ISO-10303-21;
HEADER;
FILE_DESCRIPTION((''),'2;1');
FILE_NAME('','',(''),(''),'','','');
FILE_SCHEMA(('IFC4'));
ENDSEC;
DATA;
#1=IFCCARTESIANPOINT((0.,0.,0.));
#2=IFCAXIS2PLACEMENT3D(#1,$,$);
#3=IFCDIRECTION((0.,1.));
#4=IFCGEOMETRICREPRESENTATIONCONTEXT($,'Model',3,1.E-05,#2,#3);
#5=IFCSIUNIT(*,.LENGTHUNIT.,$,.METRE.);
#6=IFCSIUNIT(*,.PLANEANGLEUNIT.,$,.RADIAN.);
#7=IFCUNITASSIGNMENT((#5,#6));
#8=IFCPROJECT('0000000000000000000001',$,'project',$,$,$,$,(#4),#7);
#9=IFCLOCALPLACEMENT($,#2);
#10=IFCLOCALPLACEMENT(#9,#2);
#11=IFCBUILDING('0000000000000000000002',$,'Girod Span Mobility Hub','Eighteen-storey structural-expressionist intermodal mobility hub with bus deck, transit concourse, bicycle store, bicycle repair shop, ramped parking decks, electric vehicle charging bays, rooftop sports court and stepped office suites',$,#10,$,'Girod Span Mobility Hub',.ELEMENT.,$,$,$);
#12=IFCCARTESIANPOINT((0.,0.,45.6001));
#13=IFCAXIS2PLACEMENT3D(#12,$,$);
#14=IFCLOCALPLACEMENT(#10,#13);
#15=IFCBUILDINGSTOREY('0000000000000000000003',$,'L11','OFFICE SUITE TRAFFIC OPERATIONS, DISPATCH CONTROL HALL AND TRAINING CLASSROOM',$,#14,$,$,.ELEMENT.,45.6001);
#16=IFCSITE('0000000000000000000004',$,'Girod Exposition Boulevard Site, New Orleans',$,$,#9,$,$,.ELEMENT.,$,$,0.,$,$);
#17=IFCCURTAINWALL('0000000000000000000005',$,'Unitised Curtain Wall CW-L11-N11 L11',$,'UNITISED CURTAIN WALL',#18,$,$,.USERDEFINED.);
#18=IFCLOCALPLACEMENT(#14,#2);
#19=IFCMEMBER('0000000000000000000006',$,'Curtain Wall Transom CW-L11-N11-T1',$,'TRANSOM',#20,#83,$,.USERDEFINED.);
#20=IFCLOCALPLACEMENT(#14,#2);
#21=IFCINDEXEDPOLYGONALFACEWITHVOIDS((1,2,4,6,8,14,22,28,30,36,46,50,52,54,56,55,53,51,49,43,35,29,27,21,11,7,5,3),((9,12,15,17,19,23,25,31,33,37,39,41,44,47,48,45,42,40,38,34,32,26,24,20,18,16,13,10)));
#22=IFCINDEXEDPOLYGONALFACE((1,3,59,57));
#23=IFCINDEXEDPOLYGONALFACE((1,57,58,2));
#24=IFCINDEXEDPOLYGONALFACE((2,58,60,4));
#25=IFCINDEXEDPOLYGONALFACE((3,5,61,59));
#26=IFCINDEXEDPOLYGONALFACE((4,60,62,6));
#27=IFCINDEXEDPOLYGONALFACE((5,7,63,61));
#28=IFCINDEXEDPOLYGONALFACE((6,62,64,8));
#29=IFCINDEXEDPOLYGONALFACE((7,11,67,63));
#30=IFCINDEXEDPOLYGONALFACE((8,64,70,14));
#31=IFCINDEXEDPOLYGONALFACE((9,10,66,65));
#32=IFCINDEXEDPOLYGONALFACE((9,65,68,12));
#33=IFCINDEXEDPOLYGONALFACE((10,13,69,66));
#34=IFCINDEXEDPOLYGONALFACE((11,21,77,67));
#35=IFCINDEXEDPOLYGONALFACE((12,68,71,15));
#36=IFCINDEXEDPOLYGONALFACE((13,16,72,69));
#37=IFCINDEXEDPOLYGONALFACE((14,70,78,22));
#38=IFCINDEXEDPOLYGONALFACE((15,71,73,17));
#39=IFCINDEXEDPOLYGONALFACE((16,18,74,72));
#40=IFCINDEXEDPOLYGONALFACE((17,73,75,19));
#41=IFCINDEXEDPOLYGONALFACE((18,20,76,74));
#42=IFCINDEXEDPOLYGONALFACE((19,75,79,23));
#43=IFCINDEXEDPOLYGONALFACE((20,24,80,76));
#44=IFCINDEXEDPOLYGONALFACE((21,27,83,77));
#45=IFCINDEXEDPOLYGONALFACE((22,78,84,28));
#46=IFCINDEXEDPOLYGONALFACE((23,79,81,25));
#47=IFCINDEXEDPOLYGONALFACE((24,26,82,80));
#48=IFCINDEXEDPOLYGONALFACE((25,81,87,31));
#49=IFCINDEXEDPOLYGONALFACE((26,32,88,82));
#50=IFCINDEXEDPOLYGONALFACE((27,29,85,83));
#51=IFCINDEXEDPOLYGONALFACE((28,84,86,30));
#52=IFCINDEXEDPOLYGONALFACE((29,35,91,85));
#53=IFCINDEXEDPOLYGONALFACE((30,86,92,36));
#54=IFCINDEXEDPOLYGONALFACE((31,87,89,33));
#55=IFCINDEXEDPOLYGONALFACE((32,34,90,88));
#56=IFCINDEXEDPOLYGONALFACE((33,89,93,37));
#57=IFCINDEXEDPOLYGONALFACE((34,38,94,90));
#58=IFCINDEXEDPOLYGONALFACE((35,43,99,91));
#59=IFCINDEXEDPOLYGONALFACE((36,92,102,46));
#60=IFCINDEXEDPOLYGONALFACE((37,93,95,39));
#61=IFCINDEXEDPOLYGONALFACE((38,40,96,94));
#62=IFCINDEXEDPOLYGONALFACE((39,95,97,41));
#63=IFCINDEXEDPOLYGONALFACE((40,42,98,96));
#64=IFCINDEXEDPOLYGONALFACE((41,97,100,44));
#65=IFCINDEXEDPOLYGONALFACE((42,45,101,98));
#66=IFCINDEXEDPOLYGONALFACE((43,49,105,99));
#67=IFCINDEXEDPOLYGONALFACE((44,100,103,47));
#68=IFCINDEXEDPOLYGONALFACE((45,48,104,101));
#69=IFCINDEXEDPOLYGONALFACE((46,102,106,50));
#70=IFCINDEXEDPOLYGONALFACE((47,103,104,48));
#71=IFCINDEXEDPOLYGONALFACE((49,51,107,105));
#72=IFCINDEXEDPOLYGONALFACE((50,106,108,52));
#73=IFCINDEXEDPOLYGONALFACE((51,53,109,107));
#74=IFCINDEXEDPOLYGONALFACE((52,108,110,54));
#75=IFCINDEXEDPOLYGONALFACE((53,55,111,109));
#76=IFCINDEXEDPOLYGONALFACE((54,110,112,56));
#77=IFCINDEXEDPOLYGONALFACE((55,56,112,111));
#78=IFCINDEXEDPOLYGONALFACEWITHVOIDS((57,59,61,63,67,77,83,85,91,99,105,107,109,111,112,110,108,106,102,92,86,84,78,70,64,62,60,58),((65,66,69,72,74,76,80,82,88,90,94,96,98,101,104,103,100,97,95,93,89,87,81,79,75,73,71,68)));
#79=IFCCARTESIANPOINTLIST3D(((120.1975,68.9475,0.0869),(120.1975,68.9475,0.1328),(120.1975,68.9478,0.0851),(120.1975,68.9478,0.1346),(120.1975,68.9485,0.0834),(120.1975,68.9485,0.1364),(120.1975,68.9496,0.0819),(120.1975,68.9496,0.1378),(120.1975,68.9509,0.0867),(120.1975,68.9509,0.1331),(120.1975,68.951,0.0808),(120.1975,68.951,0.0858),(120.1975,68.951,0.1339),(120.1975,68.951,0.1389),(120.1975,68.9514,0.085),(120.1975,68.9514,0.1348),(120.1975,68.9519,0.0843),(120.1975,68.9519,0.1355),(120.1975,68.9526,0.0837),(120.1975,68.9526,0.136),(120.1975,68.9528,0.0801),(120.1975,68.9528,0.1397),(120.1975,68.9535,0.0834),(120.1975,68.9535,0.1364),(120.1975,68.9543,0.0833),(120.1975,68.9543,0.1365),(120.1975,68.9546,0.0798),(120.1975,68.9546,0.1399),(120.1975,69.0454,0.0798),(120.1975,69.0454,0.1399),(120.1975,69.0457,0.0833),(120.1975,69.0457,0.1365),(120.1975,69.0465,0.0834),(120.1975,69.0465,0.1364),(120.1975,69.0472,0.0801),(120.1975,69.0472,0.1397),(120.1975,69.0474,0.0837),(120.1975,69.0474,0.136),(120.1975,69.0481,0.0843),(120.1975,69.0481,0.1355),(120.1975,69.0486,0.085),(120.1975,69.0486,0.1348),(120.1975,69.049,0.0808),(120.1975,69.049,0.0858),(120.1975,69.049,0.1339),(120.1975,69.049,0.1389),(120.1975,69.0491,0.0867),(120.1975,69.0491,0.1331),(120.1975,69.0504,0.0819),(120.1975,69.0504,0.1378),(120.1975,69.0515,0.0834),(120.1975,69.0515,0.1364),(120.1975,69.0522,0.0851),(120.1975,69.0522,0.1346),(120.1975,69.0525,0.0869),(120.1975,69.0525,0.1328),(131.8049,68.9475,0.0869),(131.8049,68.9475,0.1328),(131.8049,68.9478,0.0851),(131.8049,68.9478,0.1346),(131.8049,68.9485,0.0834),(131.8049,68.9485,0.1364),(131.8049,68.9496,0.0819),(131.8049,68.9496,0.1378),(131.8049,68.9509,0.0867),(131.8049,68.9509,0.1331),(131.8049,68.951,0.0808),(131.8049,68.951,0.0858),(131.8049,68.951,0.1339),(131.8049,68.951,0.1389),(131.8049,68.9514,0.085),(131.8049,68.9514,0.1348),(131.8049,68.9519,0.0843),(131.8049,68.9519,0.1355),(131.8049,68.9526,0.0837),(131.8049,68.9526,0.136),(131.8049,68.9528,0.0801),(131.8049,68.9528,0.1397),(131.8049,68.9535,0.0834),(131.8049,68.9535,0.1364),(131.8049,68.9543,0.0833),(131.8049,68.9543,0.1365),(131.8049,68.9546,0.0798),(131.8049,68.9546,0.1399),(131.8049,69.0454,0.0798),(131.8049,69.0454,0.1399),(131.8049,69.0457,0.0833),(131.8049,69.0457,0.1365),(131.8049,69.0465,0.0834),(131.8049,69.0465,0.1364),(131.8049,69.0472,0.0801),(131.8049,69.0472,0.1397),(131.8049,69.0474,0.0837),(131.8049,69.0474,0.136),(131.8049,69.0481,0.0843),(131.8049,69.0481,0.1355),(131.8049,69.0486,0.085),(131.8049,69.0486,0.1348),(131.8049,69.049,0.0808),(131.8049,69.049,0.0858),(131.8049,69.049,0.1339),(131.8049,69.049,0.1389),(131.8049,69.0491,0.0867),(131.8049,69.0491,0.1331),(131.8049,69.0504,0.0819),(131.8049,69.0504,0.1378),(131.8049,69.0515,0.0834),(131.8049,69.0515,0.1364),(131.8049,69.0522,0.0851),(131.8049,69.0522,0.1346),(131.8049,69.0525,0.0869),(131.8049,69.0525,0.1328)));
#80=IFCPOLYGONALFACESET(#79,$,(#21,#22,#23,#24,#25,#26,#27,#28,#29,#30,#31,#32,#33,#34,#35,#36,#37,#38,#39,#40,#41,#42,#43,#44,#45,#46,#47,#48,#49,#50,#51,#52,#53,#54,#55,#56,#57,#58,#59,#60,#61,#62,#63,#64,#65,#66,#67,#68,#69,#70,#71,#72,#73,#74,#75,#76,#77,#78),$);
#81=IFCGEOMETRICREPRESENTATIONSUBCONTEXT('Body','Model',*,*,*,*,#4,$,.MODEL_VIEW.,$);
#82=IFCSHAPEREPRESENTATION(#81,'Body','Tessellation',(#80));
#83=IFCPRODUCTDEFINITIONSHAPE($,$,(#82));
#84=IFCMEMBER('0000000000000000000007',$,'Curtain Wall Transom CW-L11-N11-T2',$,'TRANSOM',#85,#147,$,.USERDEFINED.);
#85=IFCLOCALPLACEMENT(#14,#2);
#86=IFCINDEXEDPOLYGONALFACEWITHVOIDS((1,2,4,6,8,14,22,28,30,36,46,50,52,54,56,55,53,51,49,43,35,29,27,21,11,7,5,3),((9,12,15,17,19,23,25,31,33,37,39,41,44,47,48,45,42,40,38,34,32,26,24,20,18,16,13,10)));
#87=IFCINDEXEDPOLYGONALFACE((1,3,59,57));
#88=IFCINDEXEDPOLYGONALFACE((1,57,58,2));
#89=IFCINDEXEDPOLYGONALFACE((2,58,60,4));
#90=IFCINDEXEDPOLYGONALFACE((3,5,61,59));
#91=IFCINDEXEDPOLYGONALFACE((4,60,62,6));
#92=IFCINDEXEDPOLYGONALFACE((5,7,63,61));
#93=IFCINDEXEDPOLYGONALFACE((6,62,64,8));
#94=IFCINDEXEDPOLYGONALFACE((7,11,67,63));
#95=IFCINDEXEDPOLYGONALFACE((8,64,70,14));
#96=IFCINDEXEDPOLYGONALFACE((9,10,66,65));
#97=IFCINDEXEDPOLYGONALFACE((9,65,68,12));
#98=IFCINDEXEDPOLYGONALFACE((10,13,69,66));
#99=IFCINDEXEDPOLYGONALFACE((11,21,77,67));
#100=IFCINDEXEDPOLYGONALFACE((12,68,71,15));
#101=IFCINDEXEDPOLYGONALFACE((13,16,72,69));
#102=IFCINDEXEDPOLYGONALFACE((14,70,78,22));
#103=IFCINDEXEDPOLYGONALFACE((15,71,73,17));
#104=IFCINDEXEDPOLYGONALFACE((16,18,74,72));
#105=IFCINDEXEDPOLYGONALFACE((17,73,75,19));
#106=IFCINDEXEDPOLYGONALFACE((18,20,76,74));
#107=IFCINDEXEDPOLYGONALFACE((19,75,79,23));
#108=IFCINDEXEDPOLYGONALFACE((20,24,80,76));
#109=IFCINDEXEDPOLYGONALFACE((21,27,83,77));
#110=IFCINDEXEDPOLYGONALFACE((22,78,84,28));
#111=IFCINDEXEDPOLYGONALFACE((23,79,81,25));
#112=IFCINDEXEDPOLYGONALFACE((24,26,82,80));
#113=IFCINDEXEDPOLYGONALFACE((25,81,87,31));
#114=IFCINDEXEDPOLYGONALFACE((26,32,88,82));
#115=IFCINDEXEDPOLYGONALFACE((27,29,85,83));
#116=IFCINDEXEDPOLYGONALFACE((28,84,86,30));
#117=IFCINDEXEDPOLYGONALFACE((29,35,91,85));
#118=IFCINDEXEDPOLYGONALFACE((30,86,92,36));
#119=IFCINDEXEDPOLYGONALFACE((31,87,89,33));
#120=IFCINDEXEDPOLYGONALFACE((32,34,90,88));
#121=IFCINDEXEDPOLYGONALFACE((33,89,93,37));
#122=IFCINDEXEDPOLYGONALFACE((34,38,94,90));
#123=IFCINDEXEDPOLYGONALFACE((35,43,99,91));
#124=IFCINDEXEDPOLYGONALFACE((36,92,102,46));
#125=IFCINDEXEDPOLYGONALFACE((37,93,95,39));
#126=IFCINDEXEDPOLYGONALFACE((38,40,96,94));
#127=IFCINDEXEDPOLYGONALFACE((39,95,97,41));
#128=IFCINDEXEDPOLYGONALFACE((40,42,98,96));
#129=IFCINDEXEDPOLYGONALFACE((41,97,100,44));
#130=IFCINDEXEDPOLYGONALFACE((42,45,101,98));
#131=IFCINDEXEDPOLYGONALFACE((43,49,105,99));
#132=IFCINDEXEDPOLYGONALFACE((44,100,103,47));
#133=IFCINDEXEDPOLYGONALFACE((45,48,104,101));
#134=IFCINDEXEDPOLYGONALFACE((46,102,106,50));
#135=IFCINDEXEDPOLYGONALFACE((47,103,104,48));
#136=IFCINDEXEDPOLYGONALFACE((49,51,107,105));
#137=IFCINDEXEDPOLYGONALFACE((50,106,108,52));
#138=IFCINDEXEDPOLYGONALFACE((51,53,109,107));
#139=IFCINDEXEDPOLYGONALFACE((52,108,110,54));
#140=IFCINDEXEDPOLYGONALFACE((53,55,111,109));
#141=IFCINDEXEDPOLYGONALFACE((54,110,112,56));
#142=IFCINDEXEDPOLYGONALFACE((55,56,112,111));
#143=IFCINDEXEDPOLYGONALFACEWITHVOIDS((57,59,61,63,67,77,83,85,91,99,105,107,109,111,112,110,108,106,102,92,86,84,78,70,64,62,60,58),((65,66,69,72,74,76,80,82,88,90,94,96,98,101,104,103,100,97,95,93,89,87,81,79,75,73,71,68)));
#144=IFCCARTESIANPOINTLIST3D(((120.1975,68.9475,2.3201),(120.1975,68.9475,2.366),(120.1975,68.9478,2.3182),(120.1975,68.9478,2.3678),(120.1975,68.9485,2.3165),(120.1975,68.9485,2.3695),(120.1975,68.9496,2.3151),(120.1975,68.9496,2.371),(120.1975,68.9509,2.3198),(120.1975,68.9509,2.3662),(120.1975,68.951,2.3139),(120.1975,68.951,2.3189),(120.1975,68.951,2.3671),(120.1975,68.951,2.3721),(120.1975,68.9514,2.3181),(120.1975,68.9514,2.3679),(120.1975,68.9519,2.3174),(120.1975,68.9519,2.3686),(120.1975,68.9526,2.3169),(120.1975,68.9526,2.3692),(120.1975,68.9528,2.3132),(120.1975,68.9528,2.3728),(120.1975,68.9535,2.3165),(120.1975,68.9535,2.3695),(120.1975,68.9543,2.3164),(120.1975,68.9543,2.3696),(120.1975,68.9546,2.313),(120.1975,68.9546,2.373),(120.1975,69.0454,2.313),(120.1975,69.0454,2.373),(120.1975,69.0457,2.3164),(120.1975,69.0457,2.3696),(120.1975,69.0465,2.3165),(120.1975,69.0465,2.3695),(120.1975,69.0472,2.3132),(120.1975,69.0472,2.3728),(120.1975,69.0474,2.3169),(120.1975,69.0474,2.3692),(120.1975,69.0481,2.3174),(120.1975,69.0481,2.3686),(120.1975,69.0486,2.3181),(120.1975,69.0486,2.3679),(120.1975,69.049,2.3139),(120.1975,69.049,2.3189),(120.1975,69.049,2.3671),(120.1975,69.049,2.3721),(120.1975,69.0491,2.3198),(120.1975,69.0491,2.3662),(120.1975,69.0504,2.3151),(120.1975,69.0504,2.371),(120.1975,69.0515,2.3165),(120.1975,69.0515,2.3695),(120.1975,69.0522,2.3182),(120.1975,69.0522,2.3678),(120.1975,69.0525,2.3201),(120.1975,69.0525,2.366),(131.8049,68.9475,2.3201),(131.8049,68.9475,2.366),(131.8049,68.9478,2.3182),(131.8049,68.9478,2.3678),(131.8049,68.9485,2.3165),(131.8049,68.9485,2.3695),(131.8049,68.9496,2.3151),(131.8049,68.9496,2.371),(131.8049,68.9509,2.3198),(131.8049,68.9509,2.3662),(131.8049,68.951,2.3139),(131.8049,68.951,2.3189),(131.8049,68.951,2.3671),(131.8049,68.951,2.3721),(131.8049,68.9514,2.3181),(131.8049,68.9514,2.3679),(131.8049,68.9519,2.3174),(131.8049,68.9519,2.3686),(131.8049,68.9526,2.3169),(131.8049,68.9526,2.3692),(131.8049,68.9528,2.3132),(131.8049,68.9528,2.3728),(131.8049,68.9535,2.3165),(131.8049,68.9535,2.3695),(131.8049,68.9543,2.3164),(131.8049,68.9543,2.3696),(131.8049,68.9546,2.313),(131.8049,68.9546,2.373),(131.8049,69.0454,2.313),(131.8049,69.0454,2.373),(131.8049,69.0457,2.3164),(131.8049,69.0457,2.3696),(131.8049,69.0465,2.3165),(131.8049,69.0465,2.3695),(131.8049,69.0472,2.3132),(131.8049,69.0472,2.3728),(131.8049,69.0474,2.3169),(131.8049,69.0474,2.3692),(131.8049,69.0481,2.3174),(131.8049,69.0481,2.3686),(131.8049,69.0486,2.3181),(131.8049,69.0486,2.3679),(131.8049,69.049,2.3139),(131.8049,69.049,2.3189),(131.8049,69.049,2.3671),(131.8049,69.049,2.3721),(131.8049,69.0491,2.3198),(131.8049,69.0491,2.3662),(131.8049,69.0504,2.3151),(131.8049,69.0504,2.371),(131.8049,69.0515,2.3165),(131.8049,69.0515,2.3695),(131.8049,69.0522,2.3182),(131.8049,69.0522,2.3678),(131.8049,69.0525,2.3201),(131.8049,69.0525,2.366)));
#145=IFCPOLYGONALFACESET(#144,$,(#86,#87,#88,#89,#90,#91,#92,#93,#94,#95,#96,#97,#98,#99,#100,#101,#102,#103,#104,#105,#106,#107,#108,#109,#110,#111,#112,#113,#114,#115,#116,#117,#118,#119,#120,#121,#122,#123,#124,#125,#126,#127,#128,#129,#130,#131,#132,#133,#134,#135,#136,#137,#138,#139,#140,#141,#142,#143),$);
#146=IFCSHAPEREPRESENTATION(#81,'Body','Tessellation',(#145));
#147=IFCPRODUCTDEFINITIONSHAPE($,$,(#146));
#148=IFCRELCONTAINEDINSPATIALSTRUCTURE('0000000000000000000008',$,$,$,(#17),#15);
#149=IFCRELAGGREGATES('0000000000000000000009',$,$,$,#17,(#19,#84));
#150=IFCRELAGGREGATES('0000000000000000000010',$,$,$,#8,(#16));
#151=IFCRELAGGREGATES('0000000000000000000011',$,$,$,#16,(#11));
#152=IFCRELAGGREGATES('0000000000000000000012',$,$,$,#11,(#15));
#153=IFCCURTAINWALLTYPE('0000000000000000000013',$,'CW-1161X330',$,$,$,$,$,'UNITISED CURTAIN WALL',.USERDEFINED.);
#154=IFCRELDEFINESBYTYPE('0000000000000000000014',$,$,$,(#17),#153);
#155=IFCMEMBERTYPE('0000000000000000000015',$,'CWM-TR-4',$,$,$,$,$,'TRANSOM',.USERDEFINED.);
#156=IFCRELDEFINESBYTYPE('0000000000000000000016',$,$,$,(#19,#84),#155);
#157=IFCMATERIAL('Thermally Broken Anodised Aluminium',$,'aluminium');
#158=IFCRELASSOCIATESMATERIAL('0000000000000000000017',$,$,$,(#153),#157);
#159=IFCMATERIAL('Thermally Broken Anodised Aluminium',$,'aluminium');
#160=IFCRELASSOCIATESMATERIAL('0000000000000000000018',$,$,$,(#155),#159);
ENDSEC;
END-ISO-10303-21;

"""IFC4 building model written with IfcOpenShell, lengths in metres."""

from ifc_helpers import new_model, si_unit, direction, frame, origin, origin_2d, place, context, subcontext, project, spatial, hollow_rectangle, extrude, material, material_profile, profile_set, type_object, element, aggregate, save


model = new_model("IFC4")

# Units and contexts
model_context = context("Model", 3, precision=1e-05, world=origin(), true_north=direction((0.0, 1.0)))
body_context = subcontext(model_context, "Body", "Model", "MODEL_VIEW")
ifc_project = project(units=[si_unit("LENGTHUNIT", "METRE"), si_unit("PLANEANGLEUNIT", "RADIAN")], contexts=[model_context])

# Site, building, storey
site_placement = place(None, origin())
site = spatial("IfcSite", under=ifc_project, at=site_placement, Name="Girod Exposition Boulevard Site, New Orleans", CompositionType="ELEMENT", RefElevation=0.0)
building_placement = place(site_placement, origin())
building = spatial("IfcBuilding", under=site, at=building_placement, Name="Girod Span Mobility Hub", Description="Eighteen-storey structural-expressionist intermodal mobility hub with bus deck, transit concourse, bicycle store, bicycle repair shop, ramped parking decks, electric vehicle charging bays, rooftop sports court and stepped office suites", LongName="Girod Span Mobility Hub", CompositionType="ELEMENT")
storey_placement = place(building_placement, frame((0.0, 0.0, 45.6001)))
storey = spatial("IfcBuildingStorey", under=building, at=storey_placement, Name="L11", Description="OFFICE SUITE TRAFFIC OPERATIONS, DISPATCH CONTROL HALL AND TRAINING CLASSROOM", CompositionType="ELEMENT", Elevation=45.6001)

# Curtain wall, members
ifc_material_1 = material(Name="Thermally Broken Anodised Aluminium", Category="aluminium")
curtain_wall_type = type_object("IfcCurtainWallType", Name="CW-1161X330", ElementType="UNITISED CURTAIN WALL", PredefinedType="USERDEFINED", material=ifc_material_1)
curtain_wall_placement = place(storey_placement, origin())
curtain_wall = element("IfcCurtainWall", 1, at=curtain_wall_placement, inside=storey, type_object=curtain_wall_type, Name="Unitised Curtain Wall CW-L11-N11 L11", ObjectType="UNITISED CURTAIN WALL", PredefinedType="USERDEFINED")
ifc_material_2 = material(Name="Thermally Broken Anodised Aluminium", Category="aluminium")
ifc_material_profile_1 = material_profile(ifc_material_2, hollow_rectangle(XDim=0.105, YDim=0.0601, WallThickness=0.0034, InnerFilletRadius=0.0034, OuterFilletRadius=0.0071, at=origin_2d()), Name="CW-TR-60X105")
ifc_profile_set_1 = profile_set([ifc_material_profile_1], Name="Thermally Broken Anodised Aluminium")
member_type_1 = type_object("IfcMemberType", Name="CWM-TR-4", ElementType="TRANSOM", PredefinedType="USERDEFINED", material=ifc_profile_set_1)
member_1_placement = place(storey_placement, frame((120.1975, 69.0, 0.1099), z_axis=(1.0, 0.0, 0.0), x_axis=(0.0, 1.0, 0.0)))
member_1 = element("IfcMember", 2, at=member_1_placement, type_object=member_type_1, Name="Curtain Wall Transom CW-L11-N11-T1", ObjectType="TRANSOM", PredefinedType="USERDEFINED", context=body_context, shape_type="SweptSolid", body=[
    extrude(hollow_rectangle(XDim=0.105, YDim=0.0601, WallThickness=0.0034, InnerFilletRadius=0.0034, OuterFilletRadius=0.0071, at=origin_2d()), origin(), (0.0, 0.0, 1.0), 11.6074),
])
member_2_placement = place(storey_placement, frame((120.1975, 69.0, 2.343), z_axis=(1.0, 0.0, 0.0), x_axis=(0.0, 1.0, 0.0)))
member_2 = element("IfcMember", 3, at=member_2_placement, type_object=member_type_1, Name="Curtain Wall Transom CW-L11-N11-T2", ObjectType="TRANSOM", PredefinedType="USERDEFINED", context=body_context, shape_type="SweptSolid", body=[
    extrude(hollow_rectangle(XDim=0.105, YDim=0.0601, WallThickness=0.0034, InnerFilletRadius=0.0034, OuterFilletRadius=0.0071, at=origin_2d()), origin(), (0.0, 0.0, 1.0), 11.6074),
])

aggregate(curtain_wall, [member_1, member_2])

save(model, "model.ifc")
